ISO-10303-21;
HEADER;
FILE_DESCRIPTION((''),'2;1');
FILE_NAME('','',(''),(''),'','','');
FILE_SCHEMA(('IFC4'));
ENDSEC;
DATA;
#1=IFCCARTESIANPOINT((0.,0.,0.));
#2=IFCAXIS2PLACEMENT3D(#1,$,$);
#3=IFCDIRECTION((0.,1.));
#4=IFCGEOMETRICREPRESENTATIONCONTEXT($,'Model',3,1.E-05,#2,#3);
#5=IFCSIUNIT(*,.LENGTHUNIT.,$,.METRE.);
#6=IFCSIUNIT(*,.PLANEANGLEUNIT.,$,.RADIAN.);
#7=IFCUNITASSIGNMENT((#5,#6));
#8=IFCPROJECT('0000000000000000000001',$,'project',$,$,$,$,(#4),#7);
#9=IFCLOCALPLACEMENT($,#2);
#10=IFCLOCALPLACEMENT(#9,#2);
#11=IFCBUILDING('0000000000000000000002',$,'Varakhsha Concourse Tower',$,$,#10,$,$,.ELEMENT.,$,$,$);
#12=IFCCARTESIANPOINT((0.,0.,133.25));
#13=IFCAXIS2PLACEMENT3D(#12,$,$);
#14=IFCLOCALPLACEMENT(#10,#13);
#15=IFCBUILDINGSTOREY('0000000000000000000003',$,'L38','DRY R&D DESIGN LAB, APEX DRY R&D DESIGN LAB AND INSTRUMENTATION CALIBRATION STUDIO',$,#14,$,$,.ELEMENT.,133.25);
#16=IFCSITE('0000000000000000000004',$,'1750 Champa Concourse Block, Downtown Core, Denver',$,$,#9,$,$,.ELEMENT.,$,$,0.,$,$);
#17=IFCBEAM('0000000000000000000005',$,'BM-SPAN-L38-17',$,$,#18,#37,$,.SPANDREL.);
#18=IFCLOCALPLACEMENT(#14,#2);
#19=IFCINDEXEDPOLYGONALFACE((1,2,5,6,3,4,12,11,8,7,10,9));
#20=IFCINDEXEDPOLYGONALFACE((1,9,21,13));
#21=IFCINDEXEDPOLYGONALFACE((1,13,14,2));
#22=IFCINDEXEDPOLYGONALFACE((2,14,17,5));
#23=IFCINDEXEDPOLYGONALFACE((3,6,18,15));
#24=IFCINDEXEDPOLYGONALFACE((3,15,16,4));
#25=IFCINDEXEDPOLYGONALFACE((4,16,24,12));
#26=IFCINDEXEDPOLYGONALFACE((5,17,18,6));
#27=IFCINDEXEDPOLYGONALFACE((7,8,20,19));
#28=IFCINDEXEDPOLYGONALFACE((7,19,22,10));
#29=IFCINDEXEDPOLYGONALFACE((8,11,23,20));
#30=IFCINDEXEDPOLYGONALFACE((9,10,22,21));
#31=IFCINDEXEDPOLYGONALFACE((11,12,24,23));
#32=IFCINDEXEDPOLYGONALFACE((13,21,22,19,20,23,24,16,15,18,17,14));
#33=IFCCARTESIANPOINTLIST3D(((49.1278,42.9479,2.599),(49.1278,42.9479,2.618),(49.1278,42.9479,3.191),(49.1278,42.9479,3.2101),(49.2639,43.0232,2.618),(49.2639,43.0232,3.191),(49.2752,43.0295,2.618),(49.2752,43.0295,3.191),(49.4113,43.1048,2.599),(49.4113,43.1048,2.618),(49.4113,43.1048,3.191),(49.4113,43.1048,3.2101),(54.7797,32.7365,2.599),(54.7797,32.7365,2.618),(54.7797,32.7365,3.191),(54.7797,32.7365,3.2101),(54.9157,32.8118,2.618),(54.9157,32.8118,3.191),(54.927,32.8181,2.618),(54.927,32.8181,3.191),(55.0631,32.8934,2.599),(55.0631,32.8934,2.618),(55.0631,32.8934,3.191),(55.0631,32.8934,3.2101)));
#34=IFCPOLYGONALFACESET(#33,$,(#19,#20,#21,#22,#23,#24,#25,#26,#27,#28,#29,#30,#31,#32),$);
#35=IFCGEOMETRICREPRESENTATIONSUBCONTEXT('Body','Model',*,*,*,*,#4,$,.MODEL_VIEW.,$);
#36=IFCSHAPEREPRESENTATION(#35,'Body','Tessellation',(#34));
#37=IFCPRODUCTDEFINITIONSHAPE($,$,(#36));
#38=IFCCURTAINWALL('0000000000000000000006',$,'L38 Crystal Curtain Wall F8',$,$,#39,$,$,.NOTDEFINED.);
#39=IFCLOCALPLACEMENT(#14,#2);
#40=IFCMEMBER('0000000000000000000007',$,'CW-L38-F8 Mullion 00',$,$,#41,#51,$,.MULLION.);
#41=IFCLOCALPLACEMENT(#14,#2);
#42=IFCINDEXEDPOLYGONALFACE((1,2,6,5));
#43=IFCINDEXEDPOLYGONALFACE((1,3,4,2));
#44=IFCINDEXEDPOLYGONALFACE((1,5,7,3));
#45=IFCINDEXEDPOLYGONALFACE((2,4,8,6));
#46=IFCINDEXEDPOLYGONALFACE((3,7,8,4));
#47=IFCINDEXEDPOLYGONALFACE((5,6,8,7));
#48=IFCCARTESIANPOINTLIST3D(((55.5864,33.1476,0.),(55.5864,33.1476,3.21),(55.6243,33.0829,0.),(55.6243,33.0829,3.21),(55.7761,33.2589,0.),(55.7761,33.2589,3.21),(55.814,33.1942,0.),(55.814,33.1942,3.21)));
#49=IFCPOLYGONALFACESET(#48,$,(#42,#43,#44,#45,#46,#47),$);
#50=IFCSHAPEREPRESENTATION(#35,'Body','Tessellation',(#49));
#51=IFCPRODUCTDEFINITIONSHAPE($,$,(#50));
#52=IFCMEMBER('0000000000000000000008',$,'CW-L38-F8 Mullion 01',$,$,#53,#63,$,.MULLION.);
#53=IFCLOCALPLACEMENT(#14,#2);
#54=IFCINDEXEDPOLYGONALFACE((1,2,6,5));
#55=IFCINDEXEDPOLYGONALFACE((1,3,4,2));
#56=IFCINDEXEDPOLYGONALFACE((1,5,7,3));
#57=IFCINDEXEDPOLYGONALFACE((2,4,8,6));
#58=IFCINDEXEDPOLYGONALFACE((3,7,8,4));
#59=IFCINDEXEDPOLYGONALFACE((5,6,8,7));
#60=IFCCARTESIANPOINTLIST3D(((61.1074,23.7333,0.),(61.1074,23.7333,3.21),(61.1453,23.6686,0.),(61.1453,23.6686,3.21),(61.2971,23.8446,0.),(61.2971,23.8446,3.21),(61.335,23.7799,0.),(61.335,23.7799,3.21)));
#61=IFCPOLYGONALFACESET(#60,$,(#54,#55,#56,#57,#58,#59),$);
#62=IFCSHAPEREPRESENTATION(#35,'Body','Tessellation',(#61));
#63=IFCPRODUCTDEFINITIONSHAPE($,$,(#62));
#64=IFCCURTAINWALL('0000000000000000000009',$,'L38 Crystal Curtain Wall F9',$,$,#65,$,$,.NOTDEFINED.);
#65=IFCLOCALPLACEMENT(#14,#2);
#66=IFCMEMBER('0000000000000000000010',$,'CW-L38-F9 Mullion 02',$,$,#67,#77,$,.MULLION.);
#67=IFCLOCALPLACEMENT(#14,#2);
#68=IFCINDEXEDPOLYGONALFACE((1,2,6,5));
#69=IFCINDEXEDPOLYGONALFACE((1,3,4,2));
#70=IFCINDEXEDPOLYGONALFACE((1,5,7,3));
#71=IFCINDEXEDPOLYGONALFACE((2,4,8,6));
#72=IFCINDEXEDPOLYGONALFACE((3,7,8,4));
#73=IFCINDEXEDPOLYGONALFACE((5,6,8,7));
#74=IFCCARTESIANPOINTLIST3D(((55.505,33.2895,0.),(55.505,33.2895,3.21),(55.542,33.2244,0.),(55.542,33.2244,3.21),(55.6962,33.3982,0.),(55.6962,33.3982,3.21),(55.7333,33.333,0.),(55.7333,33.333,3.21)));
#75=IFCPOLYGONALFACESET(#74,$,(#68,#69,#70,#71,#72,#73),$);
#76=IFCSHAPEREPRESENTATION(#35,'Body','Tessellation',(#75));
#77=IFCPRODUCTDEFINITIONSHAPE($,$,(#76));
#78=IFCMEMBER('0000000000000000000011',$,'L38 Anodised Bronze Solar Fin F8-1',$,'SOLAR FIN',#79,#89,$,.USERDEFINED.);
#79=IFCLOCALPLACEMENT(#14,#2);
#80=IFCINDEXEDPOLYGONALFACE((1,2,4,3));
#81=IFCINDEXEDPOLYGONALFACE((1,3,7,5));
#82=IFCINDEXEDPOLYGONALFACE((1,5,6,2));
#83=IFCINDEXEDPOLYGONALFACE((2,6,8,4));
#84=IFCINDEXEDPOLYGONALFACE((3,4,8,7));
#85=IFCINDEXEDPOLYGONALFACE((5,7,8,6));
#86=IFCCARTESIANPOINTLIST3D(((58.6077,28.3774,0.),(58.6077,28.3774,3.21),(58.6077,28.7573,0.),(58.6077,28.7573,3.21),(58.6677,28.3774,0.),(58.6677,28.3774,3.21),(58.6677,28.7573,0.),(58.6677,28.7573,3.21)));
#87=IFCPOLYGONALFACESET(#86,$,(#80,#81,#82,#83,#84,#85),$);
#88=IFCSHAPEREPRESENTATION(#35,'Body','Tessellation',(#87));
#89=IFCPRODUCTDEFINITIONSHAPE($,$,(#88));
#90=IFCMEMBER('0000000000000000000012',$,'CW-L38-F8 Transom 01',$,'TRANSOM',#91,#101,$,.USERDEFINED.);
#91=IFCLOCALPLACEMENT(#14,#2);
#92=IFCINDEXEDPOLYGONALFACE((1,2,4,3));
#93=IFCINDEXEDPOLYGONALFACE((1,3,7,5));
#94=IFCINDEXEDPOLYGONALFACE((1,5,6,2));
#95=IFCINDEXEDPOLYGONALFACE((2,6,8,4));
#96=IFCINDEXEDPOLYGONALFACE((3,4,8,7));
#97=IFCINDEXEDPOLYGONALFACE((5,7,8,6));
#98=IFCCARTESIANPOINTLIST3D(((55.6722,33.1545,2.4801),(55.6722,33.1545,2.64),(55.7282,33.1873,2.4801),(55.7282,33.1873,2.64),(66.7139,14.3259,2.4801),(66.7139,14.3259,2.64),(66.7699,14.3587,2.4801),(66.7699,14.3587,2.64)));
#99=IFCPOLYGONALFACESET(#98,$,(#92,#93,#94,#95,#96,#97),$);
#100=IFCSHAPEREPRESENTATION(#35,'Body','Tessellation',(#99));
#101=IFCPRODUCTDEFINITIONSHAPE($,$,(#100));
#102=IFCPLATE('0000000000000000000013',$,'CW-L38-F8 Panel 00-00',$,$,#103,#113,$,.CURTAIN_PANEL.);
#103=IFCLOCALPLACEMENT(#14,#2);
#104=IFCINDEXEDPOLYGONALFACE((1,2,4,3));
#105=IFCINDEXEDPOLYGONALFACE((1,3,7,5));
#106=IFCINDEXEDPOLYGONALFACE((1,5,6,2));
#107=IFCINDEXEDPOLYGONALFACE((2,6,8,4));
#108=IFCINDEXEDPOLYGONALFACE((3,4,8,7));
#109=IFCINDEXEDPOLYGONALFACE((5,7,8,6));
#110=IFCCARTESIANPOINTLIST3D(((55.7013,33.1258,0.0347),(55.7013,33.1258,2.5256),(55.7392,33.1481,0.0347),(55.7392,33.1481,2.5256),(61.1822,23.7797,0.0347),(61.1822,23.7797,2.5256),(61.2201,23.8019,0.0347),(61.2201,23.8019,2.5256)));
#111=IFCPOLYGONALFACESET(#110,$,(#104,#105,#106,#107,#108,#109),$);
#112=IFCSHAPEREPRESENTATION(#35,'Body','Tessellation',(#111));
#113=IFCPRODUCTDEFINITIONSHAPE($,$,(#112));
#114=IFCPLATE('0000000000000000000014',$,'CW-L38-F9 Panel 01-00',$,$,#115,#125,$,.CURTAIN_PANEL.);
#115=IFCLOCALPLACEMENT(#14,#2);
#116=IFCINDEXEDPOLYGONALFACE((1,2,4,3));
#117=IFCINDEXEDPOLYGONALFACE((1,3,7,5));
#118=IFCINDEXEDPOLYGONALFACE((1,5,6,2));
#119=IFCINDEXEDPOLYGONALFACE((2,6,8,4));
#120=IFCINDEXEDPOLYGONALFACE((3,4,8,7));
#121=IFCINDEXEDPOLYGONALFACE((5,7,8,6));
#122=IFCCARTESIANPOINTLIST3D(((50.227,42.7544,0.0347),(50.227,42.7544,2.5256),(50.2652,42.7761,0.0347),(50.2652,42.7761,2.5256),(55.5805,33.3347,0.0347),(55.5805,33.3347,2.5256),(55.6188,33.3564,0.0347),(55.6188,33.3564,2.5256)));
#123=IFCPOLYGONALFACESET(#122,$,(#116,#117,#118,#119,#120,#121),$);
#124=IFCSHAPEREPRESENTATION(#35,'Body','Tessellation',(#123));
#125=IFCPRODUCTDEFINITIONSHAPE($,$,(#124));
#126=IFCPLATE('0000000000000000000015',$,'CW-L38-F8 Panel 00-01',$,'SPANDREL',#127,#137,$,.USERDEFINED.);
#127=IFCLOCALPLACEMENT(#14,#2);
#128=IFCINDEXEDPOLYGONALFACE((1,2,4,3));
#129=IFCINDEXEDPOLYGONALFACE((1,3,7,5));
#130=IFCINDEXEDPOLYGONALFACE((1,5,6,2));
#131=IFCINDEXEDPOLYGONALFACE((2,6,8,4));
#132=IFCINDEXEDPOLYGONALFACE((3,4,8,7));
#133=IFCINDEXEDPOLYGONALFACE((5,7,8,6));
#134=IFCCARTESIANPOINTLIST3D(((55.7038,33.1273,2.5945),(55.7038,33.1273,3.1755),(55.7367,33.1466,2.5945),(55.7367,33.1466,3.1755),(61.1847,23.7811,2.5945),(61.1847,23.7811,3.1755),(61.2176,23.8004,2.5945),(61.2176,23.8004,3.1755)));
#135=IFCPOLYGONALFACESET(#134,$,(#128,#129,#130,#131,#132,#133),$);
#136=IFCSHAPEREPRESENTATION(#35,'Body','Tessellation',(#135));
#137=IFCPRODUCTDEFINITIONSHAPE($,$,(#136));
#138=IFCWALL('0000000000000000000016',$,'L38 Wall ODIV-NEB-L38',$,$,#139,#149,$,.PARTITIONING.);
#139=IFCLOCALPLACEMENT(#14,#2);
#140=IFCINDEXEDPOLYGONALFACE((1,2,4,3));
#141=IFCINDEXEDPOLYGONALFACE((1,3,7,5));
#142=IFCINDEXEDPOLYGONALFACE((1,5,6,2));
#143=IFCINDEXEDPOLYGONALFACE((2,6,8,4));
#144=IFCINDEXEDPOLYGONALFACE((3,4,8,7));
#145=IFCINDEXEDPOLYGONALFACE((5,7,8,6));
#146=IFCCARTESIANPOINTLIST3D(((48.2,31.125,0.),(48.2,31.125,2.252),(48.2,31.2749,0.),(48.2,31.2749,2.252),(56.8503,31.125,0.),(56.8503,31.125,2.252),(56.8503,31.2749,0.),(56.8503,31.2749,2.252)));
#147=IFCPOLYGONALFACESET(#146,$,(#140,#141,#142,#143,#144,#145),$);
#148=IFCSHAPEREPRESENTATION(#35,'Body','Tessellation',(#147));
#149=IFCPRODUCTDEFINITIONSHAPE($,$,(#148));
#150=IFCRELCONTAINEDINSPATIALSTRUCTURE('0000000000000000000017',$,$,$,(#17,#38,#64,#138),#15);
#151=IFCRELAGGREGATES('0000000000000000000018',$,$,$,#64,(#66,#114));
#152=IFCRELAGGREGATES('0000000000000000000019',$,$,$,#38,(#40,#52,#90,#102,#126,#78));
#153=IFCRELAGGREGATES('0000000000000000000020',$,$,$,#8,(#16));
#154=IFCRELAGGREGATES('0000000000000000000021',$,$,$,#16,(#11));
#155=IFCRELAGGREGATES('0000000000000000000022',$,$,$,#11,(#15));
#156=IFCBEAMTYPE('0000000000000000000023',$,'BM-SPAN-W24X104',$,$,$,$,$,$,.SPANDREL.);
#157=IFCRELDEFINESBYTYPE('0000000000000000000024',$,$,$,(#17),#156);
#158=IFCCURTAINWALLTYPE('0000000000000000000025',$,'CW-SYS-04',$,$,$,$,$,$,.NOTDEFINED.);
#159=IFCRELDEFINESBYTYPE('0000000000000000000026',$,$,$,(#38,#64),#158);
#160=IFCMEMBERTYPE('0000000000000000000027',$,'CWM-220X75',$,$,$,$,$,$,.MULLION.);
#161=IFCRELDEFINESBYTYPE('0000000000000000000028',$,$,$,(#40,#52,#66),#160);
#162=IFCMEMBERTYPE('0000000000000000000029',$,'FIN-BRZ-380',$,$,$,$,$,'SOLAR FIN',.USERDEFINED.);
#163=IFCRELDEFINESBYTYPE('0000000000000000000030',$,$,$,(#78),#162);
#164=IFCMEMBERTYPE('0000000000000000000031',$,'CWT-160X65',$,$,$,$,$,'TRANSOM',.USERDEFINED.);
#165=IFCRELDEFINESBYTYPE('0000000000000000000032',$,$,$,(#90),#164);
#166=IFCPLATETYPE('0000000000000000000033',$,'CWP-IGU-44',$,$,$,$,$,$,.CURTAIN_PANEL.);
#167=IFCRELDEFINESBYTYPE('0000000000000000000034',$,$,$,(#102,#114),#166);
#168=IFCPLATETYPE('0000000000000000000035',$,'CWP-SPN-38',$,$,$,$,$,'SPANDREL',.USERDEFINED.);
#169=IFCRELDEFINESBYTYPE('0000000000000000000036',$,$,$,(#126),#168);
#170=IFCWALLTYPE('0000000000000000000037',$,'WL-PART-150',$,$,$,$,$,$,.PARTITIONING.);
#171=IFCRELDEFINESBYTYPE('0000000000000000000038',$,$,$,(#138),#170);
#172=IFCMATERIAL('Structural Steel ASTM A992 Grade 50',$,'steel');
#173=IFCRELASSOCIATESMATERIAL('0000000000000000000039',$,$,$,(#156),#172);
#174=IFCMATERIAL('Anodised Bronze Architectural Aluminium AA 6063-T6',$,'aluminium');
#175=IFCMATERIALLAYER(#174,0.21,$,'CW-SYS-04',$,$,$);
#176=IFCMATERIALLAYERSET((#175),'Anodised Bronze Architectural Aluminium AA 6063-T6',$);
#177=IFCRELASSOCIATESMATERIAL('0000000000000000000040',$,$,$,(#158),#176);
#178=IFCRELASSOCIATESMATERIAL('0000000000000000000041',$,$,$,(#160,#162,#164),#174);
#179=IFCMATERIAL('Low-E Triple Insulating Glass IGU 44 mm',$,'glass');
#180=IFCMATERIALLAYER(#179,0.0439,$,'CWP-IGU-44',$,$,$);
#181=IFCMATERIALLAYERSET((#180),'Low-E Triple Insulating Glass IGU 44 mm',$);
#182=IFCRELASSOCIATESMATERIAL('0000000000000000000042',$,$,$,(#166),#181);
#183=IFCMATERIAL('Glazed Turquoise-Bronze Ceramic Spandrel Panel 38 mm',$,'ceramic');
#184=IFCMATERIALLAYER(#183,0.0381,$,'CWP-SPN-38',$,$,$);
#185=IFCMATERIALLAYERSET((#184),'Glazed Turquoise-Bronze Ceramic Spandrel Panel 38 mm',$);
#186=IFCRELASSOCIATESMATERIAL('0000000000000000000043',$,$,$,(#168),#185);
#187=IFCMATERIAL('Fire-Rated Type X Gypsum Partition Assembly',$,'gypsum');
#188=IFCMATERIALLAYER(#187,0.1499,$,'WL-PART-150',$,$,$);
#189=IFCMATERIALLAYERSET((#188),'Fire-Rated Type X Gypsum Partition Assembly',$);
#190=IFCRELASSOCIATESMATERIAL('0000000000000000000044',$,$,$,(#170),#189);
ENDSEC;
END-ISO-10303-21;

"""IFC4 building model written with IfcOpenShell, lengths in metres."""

from ifc_helpers import new_model, si_unit, direction, frame, frame_2d, origin, origin_2d, place, context, subcontext, project, spatial, rectangle, i_section, extrude, source, transform, mapped, material, layer, layer_set, material_profile, profile_set, type_object, type_shapes, element, aggregate, save


model = new_model("IFC4")

# Units and contexts
model_context = context("Model", 3, precision=1e-05, world=origin(), true_north=direction((0.0, 1.0)))
body_context = subcontext(model_context, "Body", "Model", "MODEL_VIEW")
ifc_project = project(units=[si_unit("LENGTHUNIT", "METRE"), si_unit("PLANEANGLEUNIT", "RADIAN")], contexts=[model_context])

# Site, building, storey
site_placement = place(None, origin())
site = spatial("IfcSite", under=ifc_project, at=site_placement, Name="1750 Champa Concourse Block, Downtown Core, Denver", CompositionType="ELEMENT", RefElevation=0.0)
building_placement = place(site_placement, origin())
building = spatial("IfcBuilding", under=site, at=building_placement, Name="Varakhsha Concourse Tower", CompositionType="ELEMENT")
storey_placement = place(building_placement, frame((0.0, 0.0, 133.25)))
storey = spatial("IfcBuildingStorey", under=building, at=storey_placement, Name="L38", Description="DRY R&D DESIGN LAB, APEX DRY R&D DESIGN LAB AND INSTRUMENTATION CALIBRATION STUDIO", CompositionType="ELEMENT", Elevation=133.25)

# Shared definitions
ifc_material_1 = material(Name="Structural Steel ASTM A992 Grade 50", Category="steel")

# Beam
ifc_material_profile_1 = material_profile(ifc_material_1, i_section(OverallWidth=0.324, OverallDepth=0.6111, WebThickness=0.0129, FlangeThickness=0.019, at=origin_2d()), Name="W24X104")
ifc_profile_set_1 = profile_set([ifc_material_profile_1], Name="Structural Steel ASTM A992 Grade 50")
beam_type_1 = type_object("IfcBeamType", Name="BM-SPAN-W24X104", PredefinedType="SPANDREL", material=ifc_profile_set_1)
beam_1_placement = place(storey_placement, frame((54.9214, 32.8149, 2.9045), z_axis=(-0.484257, 0.874926, 0.0), x_axis=(-0.874926, -0.484257, 0.0)))
element("IfcBeam", 1, at=beam_1_placement, inside=storey, type_object=beam_type_1, Name="BM-SPAN-L38-17", PredefinedType="SPANDREL", context=body_context, shape_type="SweptSolid", body=[
    extrude(i_section(OverallWidth=0.324, OverallDepth=0.6111, WebThickness=0.0129, FlangeThickness=0.019, at=origin_2d()), origin(), (0.0, 0.0, 1.0), 11.6711),
])

# Curtain wall, members
ifc_material_2 = material(Name="Anodised Bronze Architectural Aluminium AA 6063-T6", Category="aluminium")
ifc_layer_1 = layer(ifc_material_2, 0.21, Name="CW-SYS-04")
ifc_layer_set_1 = layer_set([ifc_layer_1], Name="Anodised Bronze Architectural Aluminium AA 6063-T6")
curtain_wall_type = type_object("IfcCurtainWallType", Name="CW-SYS-04", PredefinedType="NOTDEFINED", material=ifc_layer_set_1)
curtain_wall_1_placement = place(storey_placement, origin())
curtain_wall_1 = element("IfcCurtainWall", 2, at=curtain_wall_1_placement, inside=storey, type_object=curtain_wall_type, Name="L38 Crystal Curtain Wall F8", PredefinedType="NOTDEFINED")
ifc_material_profile_2 = material_profile(ifc_material_2, rectangle(XDim=0.075, YDim=0.22, at=origin_2d()), Name="CWM-220X75")
ifc_profile_set_2 = profile_set([ifc_material_profile_2], Name="Anodised Bronze Architectural Aluminium AA 6063-T6")
member_type_1 = type_object("IfcMemberType", Name="CWM-220X75", PredefinedType="MULLION", material=ifc_profile_set_2)
shared_shape_1 = source(origin(), body_context, "Body", "SweptSolid", [
    extrude(rectangle(XDim=0.075, YDim=0.22, at=origin_2d()), origin(), (0.0, 0.0, 1.0), 3.21),
])
type_shapes(member_type_1, [shared_shape_1])
member_1_placement = place(storey_placement, frame((55.7002, 33.1709, 0.0), z_axis=(0.0, 0.0, 1.0), x_axis=(0.505862, -0.862614, 0.0)))
member_1 = element("IfcMember", 3, at=member_1_placement, type_object=member_type_1, Name="CW-L38-F8 Mullion 00", PredefinedType="MULLION", context=body_context, shape_type="MappedRepresentation", body=[
    mapped(shared_shape_1, transform((0.0, 0.0, 0.0), scale=1.0)),
])
member_2_placement = place(storey_placement, frame((61.2212, 23.7566, 0.0), z_axis=(0.0, 0.0, 1.0), x_axis=(0.505862, -0.862614, 0.0)))
member_2 = element("IfcMember", 4, at=member_2_placement, type_object=member_type_1, Name="CW-L38-F8 Mullion 01", PredefinedType="MULLION", context=body_context, shape_type="MappedRepresentation", body=[
    mapped(shared_shape_1, transform((0.0, 0.0, 0.0), scale=1.0)),
])

# Curtain wall, member
curtain_wall_2_placement = place(storey_placement, origin())
curtain_wall_2 = element("IfcCurtainWall", 5, at=curtain_wall_2_placement, inside=storey, type_object=curtain_wall_type, Name="L38 Crystal Curtain Wall F9", PredefinedType="NOTDEFINED")
member_3_placement = place(storey_placement, frame((55.6191, 33.3113, 0.0), z_axis=(0.0, 0.0, 1.0), x_axis=(0.494115, -0.869397, 0.0)))
member_3 = element("IfcMember", 6, at=member_3_placement, type_object=member_type_1, Name="CW-L38-F9 Mullion 02", PredefinedType="MULLION", context=body_context, shape_type="MappedRepresentation", body=[
    mapped(shared_shape_1, transform((0.0, 0.0, 0.0), scale=1.0)),
])

# Members
ifc_material_profile_3 = material_profile(ifc_material_2, rectangle(XDim=0.0601, YDim=0.3799, at=origin_2d()), Name="FIN-BRZ-380")
ifc_profile_set_3 = profile_set([ifc_material_profile_3], Name="Anodised Bronze Architectural Aluminium AA 6063-T6")
member_type_2 = type_object("IfcMemberType", Name="FIN-BRZ-380", ElementType="SOLAR FIN", PredefinedType="USERDEFINED", material=ifc_profile_set_3)
shared_shape_2 = source(origin(), body_context, "Body", "SweptSolid", [
    extrude(rectangle(XDim=0.0601, YDim=0.3799, at=origin_2d()), origin(), (0.0, 0.0, 1.0), 3.21),
])
type_shapes(member_type_2, [shared_shape_2])
member_4_placement = place(storey_placement, frame((58.6377, 28.5674, 0.0), z_axis=(0.0, 0.0, 1.0), x_axis=(1.0, 0.0, 0.0)))
member_4 = element("IfcMember", 7, at=member_4_placement, type_object=member_type_2, Name="L38 Anodised Bronze Solar Fin F8-1", ObjectType="SOLAR FIN", PredefinedType="USERDEFINED", context=body_context, shape_type="MappedRepresentation", body=[
    mapped(shared_shape_2, transform((0.0, 0.0, 0.0), scale=1.0)),
])
ifc_material_profile_4 = material_profile(ifc_material_2, rectangle(XDim=0.0649, YDim=0.1599, at=origin_2d()), Name="CWT-160X65")
ifc_profile_set_4 = profile_set([ifc_material_profile_4], Name="Anodised Bronze Architectural Aluminium AA 6063-T6")
member_type_3 = type_object("IfcMemberType", Name="CWT-160X65", ElementType="TRANSOM", PredefinedType="USERDEFINED", material=ifc_profile_set_4)
shared_shape_3 = source(origin(), body_context, "Body", "SweptSolid", [
    extrude(rectangle(XDim=0.0649, YDim=0.1599, at=origin_2d()), origin(), (0.0, 0.0, 1.0), 21.8274),
])
type_shapes(member_type_3, [shared_shape_3])
member_5_placement = place(storey_placement, frame((55.7002, 33.1709, 2.5601), z_axis=(0.505866, -0.862612, 0.0), x_axis=(0.862612, 0.505866, 0.0)))
member_5 = element("IfcMember", 8, at=member_5_placement, type_object=member_type_3, Name="CW-L38-F8 Transom 01", ObjectType="TRANSOM", PredefinedType="USERDEFINED", context=body_context, shape_type="MappedRepresentation", body=[
    mapped(shared_shape_3, transform((0.0, 0.0, 0.0), scale=1.0)),
])

# Plates
ifc_material_3 = material(Name="Low-E Triple Insulating Glass IGU 44 mm", Category="glass")
ifc_layer_2 = layer(ifc_material_3, 0.0439, Name="CWP-IGU-44")
ifc_layer_set_2 = layer_set([ifc_layer_2], Name="Low-E Triple Insulating Glass IGU 44 mm")
plate_type_1 = type_object("IfcPlateType", Name="CWP-IGU-44", PredefinedType="CURTAIN_PANEL", material=ifc_layer_set_2)
shared_shape_4 = source(origin(), body_context, "Body", "SweptSolid", [
    extrude(rectangle(XDim=10.8347, YDim=0.0439, at=origin_2d()), origin(), (0.0, 0.0, 1.0), 2.491),
])
type_shapes(plate_type_1, [shared_shape_4])
plate_1_placement = place(storey_placement, frame((58.4607, 28.4639, 0.0347), z_axis=(0.0, 0.0, 1.0), x_axis=(0.505862, -0.862614, 0.0)))
plate_1 = element("IfcPlate", 9, at=plate_1_placement, type_object=plate_type_1, Name="CW-L38-F8 Panel 00-00", PredefinedType="CURTAIN_PANEL", context=body_context, shape_type="MappedRepresentation", body=[
    mapped(shared_shape_4, transform((0.0, 0.0, 0.0), scale=1.0)),
])
plate_2_placement = place(storey_placement, frame((52.9229, 38.0554, 0.0347), z_axis=(0.0, 0.0, 1.0), x_axis=(0.494115, -0.869397, 0.0)))
plate_2 = element("IfcPlate", 10, at=plate_2_placement, type_object=plate_type_1, Name="CW-L38-F9 Panel 01-00", PredefinedType="CURTAIN_PANEL", context=body_context, shape_type="MappedRepresentation", body=[
    mapped(shared_shape_4, transform((0.0, 0.0, 0.0), scale=1.0)),
])
aggregate(curtain_wall_2, [member_3, plate_2])
ifc_material_4 = material(Name="Glazed Turquoise-Bronze Ceramic Spandrel Panel 38 mm", Category="ceramic")
ifc_layer_3 = layer(ifc_material_4, 0.0381, Name="CWP-SPN-38")
ifc_layer_set_3 = layer_set([ifc_layer_3], Name="Glazed Turquoise-Bronze Ceramic Spandrel Panel 38 mm")
plate_type_2 = type_object("IfcPlateType", Name="CWP-SPN-38", ElementType="SPANDREL", PredefinedType="USERDEFINED", material=ifc_layer_set_3)
shared_shape_5 = source(origin(), body_context, "Body", "SweptSolid", [
    extrude(rectangle(XDim=10.8347, YDim=0.0381, at=origin_2d()), origin(), (0.0, 0.0, 1.0), 0.5811),
])
type_shapes(plate_type_2, [shared_shape_5])
plate_3_placement = place(storey_placement, frame((58.4607, 28.4639, 2.5945), z_axis=(0.0, 0.0, 1.0), x_axis=(0.505862, -0.862614, 0.0)))
plate_3 = element("IfcPlate", 11, at=plate_3_placement, type_object=plate_type_2, Name="CW-L38-F8 Panel 00-01", ObjectType="SPANDREL", PredefinedType="USERDEFINED", context=body_context, shape_type="MappedRepresentation", body=[
    mapped(shared_shape_5, transform((0.0, 0.0, 0.0), scale=1.0)),
])
aggregate(curtain_wall_1, [member_1, member_2, member_5, plate_1, plate_3, member_4])

# Wall
ifc_material_5 = material(Name="Fire-Rated Type X Gypsum Partition Assembly", Category="gypsum")
ifc_layer_4 = layer(ifc_material_5, 0.1499, Name="WL-PART-150")
ifc_layer_set_4 = layer_set([ifc_layer_4], Name="Fire-Rated Type X Gypsum Partition Assembly")
wall_type_1 = type_object("IfcWallType", Name="WL-PART-150", PredefinedType="PARTITIONING", material=ifc_layer_set_4)
wall_1_placement = place(storey_placement, frame((48.2, 31.2, 0.0), z_axis=(0.0, 0.0, 1.0), x_axis=(1.0, 0.0, 0.0)))
element("IfcWall", 12, at=wall_1_placement, inside=storey, type_object=wall_type_1, Name="L38 Wall ODIV-NEB-L38", PredefinedType="PARTITIONING", context=body_context, shape_type="SweptSolid", body=[
    extrude(rectangle(XDim=8.6504, YDim=0.1499, at=frame_2d((4.3252, 0.0))), origin(), (0.0, 0.0, 1.0), 2.252),
])

save(model, "model.ifc")
